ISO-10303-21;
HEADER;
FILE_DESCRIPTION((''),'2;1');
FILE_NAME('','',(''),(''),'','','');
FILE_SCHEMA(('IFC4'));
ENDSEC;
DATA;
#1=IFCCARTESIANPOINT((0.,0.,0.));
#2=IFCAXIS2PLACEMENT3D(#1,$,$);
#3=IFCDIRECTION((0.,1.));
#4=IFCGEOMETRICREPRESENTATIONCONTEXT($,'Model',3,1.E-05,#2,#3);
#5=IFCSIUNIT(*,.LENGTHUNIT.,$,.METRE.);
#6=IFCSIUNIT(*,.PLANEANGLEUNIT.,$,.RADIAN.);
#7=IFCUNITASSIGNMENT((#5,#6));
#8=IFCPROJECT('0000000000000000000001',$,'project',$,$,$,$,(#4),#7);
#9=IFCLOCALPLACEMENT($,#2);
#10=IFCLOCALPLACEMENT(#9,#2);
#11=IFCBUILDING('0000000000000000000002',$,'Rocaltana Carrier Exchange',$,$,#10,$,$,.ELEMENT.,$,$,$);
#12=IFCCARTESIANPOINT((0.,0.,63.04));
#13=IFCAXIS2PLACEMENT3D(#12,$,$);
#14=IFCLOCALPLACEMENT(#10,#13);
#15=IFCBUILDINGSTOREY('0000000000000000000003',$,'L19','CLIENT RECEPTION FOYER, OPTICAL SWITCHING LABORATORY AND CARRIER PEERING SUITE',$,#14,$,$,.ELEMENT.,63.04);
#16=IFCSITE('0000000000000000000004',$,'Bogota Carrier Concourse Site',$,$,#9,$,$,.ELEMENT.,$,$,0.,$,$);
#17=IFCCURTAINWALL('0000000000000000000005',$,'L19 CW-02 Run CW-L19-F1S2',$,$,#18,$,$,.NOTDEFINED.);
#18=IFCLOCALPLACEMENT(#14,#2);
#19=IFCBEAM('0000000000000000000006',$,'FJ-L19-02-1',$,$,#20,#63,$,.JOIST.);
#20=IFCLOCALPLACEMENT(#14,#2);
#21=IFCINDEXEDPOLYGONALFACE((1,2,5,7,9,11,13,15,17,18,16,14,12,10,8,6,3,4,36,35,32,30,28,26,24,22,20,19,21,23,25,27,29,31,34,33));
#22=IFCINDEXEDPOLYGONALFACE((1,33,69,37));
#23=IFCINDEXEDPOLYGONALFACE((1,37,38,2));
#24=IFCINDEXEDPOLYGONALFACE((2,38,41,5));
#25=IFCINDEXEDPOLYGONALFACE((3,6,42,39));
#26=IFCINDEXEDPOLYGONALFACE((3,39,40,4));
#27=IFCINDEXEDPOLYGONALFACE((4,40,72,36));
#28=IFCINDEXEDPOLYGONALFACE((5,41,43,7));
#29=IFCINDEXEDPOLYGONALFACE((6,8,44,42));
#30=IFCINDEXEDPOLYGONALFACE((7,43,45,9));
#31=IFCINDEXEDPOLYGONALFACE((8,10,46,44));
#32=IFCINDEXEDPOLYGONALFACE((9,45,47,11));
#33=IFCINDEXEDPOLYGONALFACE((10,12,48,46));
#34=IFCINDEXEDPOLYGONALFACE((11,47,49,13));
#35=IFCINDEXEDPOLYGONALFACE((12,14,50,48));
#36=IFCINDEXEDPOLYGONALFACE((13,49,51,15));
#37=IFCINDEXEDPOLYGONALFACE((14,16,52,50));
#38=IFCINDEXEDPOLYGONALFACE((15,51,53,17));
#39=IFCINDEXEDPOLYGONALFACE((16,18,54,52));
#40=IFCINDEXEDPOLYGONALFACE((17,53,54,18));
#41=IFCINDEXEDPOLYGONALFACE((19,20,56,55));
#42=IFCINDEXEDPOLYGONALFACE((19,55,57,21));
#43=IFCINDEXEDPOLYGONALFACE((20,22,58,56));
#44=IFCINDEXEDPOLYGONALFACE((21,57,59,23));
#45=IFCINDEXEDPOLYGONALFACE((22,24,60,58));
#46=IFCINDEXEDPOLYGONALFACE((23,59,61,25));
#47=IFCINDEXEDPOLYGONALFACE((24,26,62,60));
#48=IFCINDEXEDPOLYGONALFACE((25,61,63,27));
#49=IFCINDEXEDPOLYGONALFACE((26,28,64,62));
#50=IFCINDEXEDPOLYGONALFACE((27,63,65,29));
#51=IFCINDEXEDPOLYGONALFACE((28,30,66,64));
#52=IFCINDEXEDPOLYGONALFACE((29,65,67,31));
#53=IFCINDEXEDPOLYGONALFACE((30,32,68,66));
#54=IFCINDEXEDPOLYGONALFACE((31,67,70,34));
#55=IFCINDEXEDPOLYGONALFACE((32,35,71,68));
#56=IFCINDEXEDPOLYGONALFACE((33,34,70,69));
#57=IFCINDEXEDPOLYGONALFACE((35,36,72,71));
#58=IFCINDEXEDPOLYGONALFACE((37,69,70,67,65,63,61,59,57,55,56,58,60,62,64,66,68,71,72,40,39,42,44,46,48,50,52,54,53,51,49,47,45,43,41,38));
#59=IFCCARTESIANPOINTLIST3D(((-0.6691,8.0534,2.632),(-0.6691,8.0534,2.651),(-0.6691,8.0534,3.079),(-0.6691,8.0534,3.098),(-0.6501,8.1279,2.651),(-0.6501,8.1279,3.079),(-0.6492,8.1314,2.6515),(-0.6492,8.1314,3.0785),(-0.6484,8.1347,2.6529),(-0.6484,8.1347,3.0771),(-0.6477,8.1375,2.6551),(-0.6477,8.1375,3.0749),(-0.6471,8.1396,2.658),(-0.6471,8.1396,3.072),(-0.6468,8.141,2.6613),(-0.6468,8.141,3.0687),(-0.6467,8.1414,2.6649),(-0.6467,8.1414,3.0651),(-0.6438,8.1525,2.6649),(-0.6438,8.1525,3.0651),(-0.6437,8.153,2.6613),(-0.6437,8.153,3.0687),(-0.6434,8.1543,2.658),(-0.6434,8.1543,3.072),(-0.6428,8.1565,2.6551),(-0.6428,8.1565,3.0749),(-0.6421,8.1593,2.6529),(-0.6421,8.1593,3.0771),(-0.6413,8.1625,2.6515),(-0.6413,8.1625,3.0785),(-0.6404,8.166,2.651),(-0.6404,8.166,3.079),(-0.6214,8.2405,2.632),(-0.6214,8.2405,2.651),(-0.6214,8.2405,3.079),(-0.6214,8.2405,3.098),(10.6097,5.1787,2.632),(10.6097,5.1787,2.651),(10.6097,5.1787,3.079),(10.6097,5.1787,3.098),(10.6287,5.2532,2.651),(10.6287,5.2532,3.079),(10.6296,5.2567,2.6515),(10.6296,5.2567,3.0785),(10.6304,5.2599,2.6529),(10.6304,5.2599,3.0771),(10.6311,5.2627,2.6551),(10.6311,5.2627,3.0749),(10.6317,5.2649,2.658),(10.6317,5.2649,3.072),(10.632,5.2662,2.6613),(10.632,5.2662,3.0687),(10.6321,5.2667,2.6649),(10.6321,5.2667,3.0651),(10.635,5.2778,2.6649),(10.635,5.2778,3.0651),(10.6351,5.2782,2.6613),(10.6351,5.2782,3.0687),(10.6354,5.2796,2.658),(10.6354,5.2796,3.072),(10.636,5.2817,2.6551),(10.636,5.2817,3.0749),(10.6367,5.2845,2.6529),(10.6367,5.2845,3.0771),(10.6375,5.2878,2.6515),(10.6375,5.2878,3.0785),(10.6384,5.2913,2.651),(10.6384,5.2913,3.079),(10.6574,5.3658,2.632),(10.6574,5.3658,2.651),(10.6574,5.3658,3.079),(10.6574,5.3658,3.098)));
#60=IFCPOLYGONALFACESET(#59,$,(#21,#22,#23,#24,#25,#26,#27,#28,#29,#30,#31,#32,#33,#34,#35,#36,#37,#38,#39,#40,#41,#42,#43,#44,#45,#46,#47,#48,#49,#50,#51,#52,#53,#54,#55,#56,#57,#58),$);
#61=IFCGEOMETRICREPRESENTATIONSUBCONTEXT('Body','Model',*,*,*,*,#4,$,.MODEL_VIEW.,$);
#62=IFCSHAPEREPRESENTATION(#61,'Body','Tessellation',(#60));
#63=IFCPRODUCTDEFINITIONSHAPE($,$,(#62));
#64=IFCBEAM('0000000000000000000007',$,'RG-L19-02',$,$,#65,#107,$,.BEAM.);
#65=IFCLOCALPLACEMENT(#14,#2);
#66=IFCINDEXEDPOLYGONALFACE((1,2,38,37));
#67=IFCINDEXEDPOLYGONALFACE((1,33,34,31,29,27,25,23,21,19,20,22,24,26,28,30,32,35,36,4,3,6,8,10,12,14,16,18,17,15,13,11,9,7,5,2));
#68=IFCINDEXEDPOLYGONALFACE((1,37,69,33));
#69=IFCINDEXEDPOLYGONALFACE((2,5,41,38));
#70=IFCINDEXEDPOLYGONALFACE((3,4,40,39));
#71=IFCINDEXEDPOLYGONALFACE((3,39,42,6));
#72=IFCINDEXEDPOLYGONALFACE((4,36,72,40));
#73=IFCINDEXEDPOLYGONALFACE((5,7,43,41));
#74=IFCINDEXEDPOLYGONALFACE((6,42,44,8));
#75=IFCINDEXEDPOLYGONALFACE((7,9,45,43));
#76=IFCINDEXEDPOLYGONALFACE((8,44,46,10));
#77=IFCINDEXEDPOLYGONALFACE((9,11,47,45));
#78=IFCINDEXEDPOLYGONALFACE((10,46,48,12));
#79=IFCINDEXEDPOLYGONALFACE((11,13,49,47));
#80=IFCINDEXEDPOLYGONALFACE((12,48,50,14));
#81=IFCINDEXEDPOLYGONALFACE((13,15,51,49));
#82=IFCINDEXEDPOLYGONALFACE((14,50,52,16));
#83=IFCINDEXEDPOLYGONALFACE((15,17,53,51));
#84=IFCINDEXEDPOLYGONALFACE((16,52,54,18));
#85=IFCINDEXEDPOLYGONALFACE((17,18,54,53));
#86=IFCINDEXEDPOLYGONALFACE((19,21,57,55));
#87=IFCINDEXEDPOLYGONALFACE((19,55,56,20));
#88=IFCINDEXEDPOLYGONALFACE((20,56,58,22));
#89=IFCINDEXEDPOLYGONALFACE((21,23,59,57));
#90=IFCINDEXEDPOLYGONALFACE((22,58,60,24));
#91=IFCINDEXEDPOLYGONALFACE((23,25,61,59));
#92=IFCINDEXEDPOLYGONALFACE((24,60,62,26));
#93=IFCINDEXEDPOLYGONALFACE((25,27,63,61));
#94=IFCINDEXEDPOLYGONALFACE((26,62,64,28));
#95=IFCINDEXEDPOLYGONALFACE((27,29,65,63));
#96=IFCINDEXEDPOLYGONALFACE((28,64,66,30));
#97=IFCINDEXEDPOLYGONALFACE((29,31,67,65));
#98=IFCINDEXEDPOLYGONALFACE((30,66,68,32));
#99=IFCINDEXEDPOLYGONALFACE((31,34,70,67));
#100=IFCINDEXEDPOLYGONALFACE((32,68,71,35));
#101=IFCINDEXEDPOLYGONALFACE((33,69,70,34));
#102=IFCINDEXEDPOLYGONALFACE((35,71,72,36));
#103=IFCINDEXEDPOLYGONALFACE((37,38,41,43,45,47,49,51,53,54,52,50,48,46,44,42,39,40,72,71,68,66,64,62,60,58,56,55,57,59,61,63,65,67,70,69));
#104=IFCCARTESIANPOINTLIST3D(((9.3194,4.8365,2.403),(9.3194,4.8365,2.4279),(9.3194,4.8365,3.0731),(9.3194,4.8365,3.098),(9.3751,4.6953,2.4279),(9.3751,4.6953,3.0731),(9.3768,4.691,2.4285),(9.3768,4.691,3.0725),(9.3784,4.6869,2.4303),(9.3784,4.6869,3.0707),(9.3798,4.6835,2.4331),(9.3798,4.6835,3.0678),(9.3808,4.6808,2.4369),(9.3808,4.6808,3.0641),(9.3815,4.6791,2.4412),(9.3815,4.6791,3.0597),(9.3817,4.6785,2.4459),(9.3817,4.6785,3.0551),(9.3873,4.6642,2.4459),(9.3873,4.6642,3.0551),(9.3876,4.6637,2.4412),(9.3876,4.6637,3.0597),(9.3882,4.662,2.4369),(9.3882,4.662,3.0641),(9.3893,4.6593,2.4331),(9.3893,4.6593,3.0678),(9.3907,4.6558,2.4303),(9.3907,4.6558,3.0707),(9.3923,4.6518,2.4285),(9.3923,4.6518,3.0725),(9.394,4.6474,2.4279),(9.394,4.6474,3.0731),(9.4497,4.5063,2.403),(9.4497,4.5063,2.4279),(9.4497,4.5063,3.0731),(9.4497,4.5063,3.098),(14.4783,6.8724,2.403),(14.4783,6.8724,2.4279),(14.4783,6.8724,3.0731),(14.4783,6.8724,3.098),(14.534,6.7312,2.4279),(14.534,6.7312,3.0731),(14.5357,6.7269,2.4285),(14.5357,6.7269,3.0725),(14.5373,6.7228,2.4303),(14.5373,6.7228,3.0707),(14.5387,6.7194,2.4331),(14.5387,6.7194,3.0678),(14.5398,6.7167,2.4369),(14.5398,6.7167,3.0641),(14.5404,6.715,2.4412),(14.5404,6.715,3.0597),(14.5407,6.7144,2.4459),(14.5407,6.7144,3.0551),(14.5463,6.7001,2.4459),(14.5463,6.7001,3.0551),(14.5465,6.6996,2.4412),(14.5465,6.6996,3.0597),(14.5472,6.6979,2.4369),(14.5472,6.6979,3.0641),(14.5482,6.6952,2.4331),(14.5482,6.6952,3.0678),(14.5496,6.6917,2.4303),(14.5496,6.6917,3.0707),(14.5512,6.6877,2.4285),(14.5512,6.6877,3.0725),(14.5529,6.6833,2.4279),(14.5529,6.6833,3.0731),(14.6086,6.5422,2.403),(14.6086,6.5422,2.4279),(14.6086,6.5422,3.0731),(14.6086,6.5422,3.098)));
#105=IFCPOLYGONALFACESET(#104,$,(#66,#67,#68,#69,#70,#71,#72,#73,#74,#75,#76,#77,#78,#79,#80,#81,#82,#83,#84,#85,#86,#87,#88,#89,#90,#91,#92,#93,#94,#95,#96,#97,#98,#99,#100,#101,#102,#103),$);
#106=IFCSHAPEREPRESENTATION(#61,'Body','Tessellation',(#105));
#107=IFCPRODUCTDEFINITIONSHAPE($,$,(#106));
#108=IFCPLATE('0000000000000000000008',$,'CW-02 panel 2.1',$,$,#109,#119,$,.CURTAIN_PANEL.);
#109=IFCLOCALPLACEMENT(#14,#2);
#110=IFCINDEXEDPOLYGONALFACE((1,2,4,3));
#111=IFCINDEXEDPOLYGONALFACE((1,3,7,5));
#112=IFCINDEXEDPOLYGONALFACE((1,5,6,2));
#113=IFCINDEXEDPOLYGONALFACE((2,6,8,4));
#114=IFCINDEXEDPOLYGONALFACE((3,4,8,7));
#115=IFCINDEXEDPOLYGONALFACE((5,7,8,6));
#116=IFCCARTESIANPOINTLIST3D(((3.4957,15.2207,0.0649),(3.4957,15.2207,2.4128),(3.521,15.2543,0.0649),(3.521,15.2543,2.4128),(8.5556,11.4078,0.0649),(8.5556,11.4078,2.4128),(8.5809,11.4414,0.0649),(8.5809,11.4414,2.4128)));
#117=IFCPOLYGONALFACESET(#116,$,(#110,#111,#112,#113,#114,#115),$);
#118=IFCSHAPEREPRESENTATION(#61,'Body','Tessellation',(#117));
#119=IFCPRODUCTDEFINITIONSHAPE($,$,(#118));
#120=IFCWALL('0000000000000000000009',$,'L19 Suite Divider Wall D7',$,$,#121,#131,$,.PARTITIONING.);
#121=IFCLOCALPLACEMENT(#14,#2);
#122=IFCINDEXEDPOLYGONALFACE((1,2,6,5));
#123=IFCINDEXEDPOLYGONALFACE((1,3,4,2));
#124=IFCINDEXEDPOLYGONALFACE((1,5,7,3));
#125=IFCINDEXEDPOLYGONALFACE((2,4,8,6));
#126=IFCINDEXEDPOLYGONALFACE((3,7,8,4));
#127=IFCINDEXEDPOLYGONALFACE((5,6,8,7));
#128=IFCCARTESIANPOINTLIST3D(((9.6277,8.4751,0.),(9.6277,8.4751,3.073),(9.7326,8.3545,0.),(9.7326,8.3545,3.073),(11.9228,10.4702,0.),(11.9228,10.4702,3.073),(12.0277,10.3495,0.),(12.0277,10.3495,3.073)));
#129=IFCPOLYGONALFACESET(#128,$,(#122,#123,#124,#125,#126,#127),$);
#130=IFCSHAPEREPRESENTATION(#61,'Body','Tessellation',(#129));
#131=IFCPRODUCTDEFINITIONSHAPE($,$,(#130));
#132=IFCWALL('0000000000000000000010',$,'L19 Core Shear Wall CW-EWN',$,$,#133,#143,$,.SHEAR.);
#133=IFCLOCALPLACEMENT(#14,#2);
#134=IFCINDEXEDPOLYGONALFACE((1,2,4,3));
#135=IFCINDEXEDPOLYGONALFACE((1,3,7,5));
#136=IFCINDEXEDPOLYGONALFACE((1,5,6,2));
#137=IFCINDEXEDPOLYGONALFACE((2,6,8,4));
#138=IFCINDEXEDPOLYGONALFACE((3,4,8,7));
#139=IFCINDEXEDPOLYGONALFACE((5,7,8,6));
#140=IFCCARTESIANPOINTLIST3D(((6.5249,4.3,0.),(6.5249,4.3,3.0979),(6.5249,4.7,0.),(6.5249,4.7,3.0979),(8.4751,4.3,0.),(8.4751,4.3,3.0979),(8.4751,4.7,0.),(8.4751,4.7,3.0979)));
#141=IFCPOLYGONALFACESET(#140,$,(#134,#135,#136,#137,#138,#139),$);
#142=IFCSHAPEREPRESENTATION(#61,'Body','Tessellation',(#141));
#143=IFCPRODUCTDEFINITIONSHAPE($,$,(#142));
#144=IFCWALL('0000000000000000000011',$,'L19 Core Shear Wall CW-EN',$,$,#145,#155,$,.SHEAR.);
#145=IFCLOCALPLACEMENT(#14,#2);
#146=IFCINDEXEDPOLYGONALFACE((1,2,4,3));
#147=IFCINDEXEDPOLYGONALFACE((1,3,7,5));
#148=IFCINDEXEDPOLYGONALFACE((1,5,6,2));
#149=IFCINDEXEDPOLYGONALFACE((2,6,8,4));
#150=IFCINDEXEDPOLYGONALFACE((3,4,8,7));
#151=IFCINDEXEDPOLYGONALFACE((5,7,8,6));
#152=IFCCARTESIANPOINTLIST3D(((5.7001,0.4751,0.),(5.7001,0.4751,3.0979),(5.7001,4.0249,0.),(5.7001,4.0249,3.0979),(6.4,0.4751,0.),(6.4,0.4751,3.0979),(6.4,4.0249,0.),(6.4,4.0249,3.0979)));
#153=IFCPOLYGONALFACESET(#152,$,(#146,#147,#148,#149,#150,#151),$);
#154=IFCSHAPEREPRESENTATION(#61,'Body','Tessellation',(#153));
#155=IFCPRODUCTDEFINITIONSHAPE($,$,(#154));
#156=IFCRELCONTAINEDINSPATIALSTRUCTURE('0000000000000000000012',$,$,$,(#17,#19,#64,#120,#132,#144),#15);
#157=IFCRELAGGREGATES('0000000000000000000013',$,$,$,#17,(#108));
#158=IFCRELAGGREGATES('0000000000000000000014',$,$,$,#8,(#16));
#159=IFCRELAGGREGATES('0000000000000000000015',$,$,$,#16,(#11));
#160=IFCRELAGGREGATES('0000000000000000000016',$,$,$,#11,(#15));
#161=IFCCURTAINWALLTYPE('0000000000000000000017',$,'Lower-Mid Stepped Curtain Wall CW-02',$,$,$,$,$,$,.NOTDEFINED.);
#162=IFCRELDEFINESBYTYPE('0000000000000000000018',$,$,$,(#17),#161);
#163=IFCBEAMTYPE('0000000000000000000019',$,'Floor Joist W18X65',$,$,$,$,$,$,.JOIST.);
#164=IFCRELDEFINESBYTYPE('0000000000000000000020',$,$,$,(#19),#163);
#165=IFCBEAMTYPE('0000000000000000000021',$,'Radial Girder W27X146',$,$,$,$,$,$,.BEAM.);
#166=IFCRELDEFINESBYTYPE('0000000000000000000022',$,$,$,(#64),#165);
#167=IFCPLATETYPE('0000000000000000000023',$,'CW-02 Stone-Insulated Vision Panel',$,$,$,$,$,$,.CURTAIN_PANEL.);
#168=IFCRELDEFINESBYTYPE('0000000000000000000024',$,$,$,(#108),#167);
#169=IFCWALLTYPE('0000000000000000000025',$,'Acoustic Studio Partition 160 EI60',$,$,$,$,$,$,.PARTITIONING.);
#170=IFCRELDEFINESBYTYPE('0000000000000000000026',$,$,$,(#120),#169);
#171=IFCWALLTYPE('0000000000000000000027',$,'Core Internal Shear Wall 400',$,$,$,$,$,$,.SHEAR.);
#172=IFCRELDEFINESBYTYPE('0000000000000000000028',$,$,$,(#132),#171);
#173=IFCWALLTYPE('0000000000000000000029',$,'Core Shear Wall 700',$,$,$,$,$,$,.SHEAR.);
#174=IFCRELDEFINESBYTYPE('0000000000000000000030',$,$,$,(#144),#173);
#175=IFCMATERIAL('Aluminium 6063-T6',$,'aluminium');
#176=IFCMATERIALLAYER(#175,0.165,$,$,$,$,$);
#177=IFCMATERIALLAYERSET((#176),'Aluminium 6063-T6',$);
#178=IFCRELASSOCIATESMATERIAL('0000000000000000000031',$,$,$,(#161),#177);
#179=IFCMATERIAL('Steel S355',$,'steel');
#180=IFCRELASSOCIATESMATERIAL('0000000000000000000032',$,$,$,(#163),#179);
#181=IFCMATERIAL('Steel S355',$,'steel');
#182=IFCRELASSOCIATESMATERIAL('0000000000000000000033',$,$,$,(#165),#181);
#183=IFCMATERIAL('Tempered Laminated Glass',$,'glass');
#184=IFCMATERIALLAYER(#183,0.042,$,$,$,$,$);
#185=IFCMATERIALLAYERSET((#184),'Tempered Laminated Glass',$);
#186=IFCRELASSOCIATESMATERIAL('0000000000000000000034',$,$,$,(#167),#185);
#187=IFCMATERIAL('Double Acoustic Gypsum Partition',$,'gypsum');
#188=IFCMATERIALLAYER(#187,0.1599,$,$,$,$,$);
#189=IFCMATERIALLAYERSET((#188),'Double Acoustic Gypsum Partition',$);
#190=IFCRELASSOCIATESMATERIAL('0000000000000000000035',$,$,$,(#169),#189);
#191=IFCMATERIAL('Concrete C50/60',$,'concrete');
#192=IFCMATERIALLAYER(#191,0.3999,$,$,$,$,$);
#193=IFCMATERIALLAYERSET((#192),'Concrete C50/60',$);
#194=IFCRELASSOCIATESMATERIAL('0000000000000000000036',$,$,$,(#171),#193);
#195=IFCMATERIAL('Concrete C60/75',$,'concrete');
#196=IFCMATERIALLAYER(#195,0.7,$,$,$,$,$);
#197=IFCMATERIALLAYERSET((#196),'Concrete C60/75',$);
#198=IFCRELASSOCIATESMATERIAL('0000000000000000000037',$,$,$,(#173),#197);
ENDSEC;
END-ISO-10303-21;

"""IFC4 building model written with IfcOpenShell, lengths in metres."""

from ifc_helpers import new_model, si_unit, direction, frame, frame_2d, origin, origin_2d, place, context, subcontext, project, spatial, rectangle, i_section, extrude, material, layer, layer_set, material_profile, profile_set, type_object, element, aggregate, save


model = new_model("IFC4")

# Units and contexts
model_context = context("Model", 3, precision=1e-05, world=origin(), true_north=direction((0.0, 1.0)))
body_context = subcontext(model_context, "Body", "Model", "MODEL_VIEW")
ifc_project = project(units=[si_unit("LENGTHUNIT", "METRE"), si_unit("PLANEANGLEUNIT", "RADIAN")], contexts=[model_context])

# Site, building, storey
site_placement = place(None, origin())
site = spatial("IfcSite", under=ifc_project, at=site_placement, Name="Bogota Carrier Concourse Site", CompositionType="ELEMENT", RefElevation=0.0)
building_placement = place(site_placement, origin())
building = spatial("IfcBuilding", under=site, at=building_placement, Name="Rocaltana Carrier Exchange", CompositionType="ELEMENT")
storey_placement = place(building_placement, frame((0.0, 0.0, 63.04)))
storey = spatial("IfcBuildingStorey", under=building, at=storey_placement, Name="L19", Description="CLIENT RECEPTION FOYER, OPTICAL SWITCHING LABORATORY AND CARRIER PEERING SUITE", CompositionType="ELEMENT", Elevation=63.04)

# Curtain wall
ifc_material_1 = material(Name="Aluminium 6063-T6", Category="aluminium")
ifc_layer_1 = layer(ifc_material_1, 0.165)
ifc_layer_set_1 = layer_set([ifc_layer_1], Name="Aluminium 6063-T6")
curtain_wall_type = type_object("IfcCurtainWallType", Name="Lower-Mid Stepped Curtain Wall CW-02", PredefinedType="NOTDEFINED", material=ifc_layer_set_1)
curtain_wall_placement = place(storey_placement, origin())
curtain_wall = element("IfcCurtainWall", 1, at=curtain_wall_placement, inside=storey, type_object=curtain_wall_type, Name="L19 CW-02 Run CW-L19-F1S2", PredefinedType="NOTDEFINED")

# Beams
ifc_material_2 = material(Name="Steel S355", Category="steel")
ifc_material_profile_1 = material_profile(ifc_material_2, i_section(OverallWidth=0.1931, OverallDepth=0.4661, WebThickness=0.0115, FlangeThickness=0.019, FilletRadius=0.0139, at=origin_2d()), Name="W18X65")
ifc_profile_set_1 = profile_set([ifc_material_profile_1], Name="Steel S355")
beam_type_1 = type_object("IfcBeamType", Name="Floor Joist W18X65", PredefinedType="JOIST", material=ifc_profile_set_1)
beam_1_placement = place(storey_placement, frame((10.6335, 5.2722, 2.865), z_axis=(-0.969019, 0.246985, 0.0), x_axis=(-0.246985, -0.969019, 0.0)))
element("IfcBeam", 2, at=beam_1_placement, inside=storey, type_object=beam_type_1, Name="FJ-L19-02-1", PredefinedType="JOIST", context=body_context, shape_type="SweptSolid", body=[
    extrude(i_section(OverallWidth=0.1931, OverallDepth=0.4661, WebThickness=0.0115, FlangeThickness=0.019, FilletRadius=0.0139, at=origin_2d()), origin(), (0.0, 0.0, 1.0), 11.6394),
])
ifc_material_3 = material(Name="Steel S355", Category="steel")
ifc_material_profile_2 = material_profile(ifc_material_3, i_section(OverallWidth=0.355, OverallDepth=0.6951, WebThickness=0.0154, FlangeThickness=0.0249, FilletRadius=0.0181, at=origin_2d()), Name="W27X146")
ifc_profile_set_2 = profile_set([ifc_material_profile_2], Name="Steel S355")
beam_type_2 = type_object("IfcBeamType", Name="Radial Girder W27X146", PredefinedType="BEAM", material=ifc_profile_set_2)
beam_2_placement = place(storey_placement, frame((9.3845, 4.6714, 2.7505), z_axis=(0.930188, 0.367083, 0.0), x_axis=(-0.367083, 0.930188, 0.0)))
element("IfcBeam", 3, at=beam_2_placement, inside=storey, type_object=beam_type_2, Name="RG-L19-02", PredefinedType="BEAM", context=body_context, shape_type="SweptSolid", body=[
    extrude(i_section(OverallWidth=0.355, OverallDepth=0.6951, WebThickness=0.0154, FlangeThickness=0.0249, FilletRadius=0.0181, at=origin_2d()), origin(), (0.0, 0.0, 1.0), 5.5461),
])

# Plate
ifc_material_4 = material(Name="Tempered Laminated Glass", Category="glass")
ifc_layer_2 = layer(ifc_material_4, 0.042)
ifc_layer_set_2 = layer_set([ifc_layer_2], Name="Tempered Laminated Glass")
plate_type = type_object("IfcPlateType", Name="CW-02 Stone-Insulated Vision Panel", PredefinedType="CURTAIN_PANEL", material=ifc_layer_set_2)
plate_placement = place(storey_placement, frame((6.0383, 13.3311, 0.0649), z_axis=(0.0, 0.0, 1.0), x_axis=(-0.798635, 0.601815, 0.0)))
plate = element("IfcPlate", 4, at=plate_placement, type_object=plate_type, Name="CW-02 panel 2.1", PredefinedType="CURTAIN_PANEL", context=body_context, shape_type="SweptSolid", body=[
    extrude(rectangle(XDim=6.3357, YDim=0.042, at=origin_2d()), origin(), (0.0, 0.0, 1.0), 2.3479),
])
aggregate(curtain_wall, [plate])

# Walls
ifc_material_5 = material(Name="Double Acoustic Gypsum Partition", Category="gypsum")
ifc_layer_3 = layer(ifc_material_5, 0.1599)
ifc_layer_set_3 = layer_set([ifc_layer_3], Name="Double Acoustic Gypsum Partition")
wall_type_1 = type_object("IfcWallType", Name="Acoustic Studio Partition 160 EI60", PredefinedType="PARTITIONING", material=ifc_layer_set_3)
wall_1_placement = place(storey_placement, frame((9.6802, 8.4148, 0.0), z_axis=(0.0, 0.0, 1.0), x_axis=(0.754716, 0.656052, 0.0)))
element("IfcWall", 5, at=wall_1_placement, inside=storey, type_object=wall_type_1, Name="L19 Suite Divider Wall D7", PredefinedType="PARTITIONING", context=body_context, shape_type="SweptSolid", body=[
    extrude(rectangle(XDim=3.041, YDim=0.1599, at=frame_2d((1.5205, 0.0))), origin(), (0.0, 0.0, 1.0), 3.073),
])
ifc_material_6 = material(Name="Concrete C50/60", Category="concrete")
ifc_layer_4 = layer(ifc_material_6, 0.3999)
ifc_layer_set_4 = layer_set([ifc_layer_4], Name="Concrete C50/60")
wall_type_2 = type_object("IfcWallType", Name="Core Internal Shear Wall 400", PredefinedType="SHEAR", material=ifc_layer_set_4)
wall_2_placement = place(storey_placement, frame((6.5249, 4.5, 0.0), z_axis=(0.0, 0.0, 1.0), x_axis=(1.0, 0.0, 0.0)))
element("IfcWall", 6, at=wall_2_placement, inside=storey, type_object=wall_type_2, Name="L19 Core Shear Wall CW-EWN", PredefinedType="SHEAR", context=body_context, shape_type="SweptSolid", body=[
    extrude(rectangle(XDim=1.9502, YDim=0.3999, at=frame_2d((0.9751, 0.0))), origin(), (0.0, 0.0, 1.0), 3.0979),
])
ifc_material_7 = material(Name="Concrete C60/75", Category="concrete")
ifc_layer_5 = layer(ifc_material_7, 0.7)
ifc_layer_set_5 = layer_set([ifc_layer_5], Name="Concrete C60/75")
wall_type_3 = type_object("IfcWallType", Name="Core Shear Wall 700", PredefinedType="SHEAR", material=ifc_layer_set_5)
wall_3_placement = place(storey_placement, frame((6.05, 0.4751, 0.0), z_axis=(0.0, 0.0, 1.0), x_axis=(0.0, 1.0, 0.0)))
element("IfcWall", 7, at=wall_3_placement, inside=storey, type_object=wall_type_3, Name="L19 Core Shear Wall CW-EN", PredefinedType="SHEAR", context=body_context, shape_type="SweptSolid", body=[
    extrude(rectangle(XDim=3.5498, YDim=0.7, at=frame_2d((1.7749, 0.0))), origin(), (0.0, 0.0, 1.0), 3.0979),
])

save(model, "model.ifc")
